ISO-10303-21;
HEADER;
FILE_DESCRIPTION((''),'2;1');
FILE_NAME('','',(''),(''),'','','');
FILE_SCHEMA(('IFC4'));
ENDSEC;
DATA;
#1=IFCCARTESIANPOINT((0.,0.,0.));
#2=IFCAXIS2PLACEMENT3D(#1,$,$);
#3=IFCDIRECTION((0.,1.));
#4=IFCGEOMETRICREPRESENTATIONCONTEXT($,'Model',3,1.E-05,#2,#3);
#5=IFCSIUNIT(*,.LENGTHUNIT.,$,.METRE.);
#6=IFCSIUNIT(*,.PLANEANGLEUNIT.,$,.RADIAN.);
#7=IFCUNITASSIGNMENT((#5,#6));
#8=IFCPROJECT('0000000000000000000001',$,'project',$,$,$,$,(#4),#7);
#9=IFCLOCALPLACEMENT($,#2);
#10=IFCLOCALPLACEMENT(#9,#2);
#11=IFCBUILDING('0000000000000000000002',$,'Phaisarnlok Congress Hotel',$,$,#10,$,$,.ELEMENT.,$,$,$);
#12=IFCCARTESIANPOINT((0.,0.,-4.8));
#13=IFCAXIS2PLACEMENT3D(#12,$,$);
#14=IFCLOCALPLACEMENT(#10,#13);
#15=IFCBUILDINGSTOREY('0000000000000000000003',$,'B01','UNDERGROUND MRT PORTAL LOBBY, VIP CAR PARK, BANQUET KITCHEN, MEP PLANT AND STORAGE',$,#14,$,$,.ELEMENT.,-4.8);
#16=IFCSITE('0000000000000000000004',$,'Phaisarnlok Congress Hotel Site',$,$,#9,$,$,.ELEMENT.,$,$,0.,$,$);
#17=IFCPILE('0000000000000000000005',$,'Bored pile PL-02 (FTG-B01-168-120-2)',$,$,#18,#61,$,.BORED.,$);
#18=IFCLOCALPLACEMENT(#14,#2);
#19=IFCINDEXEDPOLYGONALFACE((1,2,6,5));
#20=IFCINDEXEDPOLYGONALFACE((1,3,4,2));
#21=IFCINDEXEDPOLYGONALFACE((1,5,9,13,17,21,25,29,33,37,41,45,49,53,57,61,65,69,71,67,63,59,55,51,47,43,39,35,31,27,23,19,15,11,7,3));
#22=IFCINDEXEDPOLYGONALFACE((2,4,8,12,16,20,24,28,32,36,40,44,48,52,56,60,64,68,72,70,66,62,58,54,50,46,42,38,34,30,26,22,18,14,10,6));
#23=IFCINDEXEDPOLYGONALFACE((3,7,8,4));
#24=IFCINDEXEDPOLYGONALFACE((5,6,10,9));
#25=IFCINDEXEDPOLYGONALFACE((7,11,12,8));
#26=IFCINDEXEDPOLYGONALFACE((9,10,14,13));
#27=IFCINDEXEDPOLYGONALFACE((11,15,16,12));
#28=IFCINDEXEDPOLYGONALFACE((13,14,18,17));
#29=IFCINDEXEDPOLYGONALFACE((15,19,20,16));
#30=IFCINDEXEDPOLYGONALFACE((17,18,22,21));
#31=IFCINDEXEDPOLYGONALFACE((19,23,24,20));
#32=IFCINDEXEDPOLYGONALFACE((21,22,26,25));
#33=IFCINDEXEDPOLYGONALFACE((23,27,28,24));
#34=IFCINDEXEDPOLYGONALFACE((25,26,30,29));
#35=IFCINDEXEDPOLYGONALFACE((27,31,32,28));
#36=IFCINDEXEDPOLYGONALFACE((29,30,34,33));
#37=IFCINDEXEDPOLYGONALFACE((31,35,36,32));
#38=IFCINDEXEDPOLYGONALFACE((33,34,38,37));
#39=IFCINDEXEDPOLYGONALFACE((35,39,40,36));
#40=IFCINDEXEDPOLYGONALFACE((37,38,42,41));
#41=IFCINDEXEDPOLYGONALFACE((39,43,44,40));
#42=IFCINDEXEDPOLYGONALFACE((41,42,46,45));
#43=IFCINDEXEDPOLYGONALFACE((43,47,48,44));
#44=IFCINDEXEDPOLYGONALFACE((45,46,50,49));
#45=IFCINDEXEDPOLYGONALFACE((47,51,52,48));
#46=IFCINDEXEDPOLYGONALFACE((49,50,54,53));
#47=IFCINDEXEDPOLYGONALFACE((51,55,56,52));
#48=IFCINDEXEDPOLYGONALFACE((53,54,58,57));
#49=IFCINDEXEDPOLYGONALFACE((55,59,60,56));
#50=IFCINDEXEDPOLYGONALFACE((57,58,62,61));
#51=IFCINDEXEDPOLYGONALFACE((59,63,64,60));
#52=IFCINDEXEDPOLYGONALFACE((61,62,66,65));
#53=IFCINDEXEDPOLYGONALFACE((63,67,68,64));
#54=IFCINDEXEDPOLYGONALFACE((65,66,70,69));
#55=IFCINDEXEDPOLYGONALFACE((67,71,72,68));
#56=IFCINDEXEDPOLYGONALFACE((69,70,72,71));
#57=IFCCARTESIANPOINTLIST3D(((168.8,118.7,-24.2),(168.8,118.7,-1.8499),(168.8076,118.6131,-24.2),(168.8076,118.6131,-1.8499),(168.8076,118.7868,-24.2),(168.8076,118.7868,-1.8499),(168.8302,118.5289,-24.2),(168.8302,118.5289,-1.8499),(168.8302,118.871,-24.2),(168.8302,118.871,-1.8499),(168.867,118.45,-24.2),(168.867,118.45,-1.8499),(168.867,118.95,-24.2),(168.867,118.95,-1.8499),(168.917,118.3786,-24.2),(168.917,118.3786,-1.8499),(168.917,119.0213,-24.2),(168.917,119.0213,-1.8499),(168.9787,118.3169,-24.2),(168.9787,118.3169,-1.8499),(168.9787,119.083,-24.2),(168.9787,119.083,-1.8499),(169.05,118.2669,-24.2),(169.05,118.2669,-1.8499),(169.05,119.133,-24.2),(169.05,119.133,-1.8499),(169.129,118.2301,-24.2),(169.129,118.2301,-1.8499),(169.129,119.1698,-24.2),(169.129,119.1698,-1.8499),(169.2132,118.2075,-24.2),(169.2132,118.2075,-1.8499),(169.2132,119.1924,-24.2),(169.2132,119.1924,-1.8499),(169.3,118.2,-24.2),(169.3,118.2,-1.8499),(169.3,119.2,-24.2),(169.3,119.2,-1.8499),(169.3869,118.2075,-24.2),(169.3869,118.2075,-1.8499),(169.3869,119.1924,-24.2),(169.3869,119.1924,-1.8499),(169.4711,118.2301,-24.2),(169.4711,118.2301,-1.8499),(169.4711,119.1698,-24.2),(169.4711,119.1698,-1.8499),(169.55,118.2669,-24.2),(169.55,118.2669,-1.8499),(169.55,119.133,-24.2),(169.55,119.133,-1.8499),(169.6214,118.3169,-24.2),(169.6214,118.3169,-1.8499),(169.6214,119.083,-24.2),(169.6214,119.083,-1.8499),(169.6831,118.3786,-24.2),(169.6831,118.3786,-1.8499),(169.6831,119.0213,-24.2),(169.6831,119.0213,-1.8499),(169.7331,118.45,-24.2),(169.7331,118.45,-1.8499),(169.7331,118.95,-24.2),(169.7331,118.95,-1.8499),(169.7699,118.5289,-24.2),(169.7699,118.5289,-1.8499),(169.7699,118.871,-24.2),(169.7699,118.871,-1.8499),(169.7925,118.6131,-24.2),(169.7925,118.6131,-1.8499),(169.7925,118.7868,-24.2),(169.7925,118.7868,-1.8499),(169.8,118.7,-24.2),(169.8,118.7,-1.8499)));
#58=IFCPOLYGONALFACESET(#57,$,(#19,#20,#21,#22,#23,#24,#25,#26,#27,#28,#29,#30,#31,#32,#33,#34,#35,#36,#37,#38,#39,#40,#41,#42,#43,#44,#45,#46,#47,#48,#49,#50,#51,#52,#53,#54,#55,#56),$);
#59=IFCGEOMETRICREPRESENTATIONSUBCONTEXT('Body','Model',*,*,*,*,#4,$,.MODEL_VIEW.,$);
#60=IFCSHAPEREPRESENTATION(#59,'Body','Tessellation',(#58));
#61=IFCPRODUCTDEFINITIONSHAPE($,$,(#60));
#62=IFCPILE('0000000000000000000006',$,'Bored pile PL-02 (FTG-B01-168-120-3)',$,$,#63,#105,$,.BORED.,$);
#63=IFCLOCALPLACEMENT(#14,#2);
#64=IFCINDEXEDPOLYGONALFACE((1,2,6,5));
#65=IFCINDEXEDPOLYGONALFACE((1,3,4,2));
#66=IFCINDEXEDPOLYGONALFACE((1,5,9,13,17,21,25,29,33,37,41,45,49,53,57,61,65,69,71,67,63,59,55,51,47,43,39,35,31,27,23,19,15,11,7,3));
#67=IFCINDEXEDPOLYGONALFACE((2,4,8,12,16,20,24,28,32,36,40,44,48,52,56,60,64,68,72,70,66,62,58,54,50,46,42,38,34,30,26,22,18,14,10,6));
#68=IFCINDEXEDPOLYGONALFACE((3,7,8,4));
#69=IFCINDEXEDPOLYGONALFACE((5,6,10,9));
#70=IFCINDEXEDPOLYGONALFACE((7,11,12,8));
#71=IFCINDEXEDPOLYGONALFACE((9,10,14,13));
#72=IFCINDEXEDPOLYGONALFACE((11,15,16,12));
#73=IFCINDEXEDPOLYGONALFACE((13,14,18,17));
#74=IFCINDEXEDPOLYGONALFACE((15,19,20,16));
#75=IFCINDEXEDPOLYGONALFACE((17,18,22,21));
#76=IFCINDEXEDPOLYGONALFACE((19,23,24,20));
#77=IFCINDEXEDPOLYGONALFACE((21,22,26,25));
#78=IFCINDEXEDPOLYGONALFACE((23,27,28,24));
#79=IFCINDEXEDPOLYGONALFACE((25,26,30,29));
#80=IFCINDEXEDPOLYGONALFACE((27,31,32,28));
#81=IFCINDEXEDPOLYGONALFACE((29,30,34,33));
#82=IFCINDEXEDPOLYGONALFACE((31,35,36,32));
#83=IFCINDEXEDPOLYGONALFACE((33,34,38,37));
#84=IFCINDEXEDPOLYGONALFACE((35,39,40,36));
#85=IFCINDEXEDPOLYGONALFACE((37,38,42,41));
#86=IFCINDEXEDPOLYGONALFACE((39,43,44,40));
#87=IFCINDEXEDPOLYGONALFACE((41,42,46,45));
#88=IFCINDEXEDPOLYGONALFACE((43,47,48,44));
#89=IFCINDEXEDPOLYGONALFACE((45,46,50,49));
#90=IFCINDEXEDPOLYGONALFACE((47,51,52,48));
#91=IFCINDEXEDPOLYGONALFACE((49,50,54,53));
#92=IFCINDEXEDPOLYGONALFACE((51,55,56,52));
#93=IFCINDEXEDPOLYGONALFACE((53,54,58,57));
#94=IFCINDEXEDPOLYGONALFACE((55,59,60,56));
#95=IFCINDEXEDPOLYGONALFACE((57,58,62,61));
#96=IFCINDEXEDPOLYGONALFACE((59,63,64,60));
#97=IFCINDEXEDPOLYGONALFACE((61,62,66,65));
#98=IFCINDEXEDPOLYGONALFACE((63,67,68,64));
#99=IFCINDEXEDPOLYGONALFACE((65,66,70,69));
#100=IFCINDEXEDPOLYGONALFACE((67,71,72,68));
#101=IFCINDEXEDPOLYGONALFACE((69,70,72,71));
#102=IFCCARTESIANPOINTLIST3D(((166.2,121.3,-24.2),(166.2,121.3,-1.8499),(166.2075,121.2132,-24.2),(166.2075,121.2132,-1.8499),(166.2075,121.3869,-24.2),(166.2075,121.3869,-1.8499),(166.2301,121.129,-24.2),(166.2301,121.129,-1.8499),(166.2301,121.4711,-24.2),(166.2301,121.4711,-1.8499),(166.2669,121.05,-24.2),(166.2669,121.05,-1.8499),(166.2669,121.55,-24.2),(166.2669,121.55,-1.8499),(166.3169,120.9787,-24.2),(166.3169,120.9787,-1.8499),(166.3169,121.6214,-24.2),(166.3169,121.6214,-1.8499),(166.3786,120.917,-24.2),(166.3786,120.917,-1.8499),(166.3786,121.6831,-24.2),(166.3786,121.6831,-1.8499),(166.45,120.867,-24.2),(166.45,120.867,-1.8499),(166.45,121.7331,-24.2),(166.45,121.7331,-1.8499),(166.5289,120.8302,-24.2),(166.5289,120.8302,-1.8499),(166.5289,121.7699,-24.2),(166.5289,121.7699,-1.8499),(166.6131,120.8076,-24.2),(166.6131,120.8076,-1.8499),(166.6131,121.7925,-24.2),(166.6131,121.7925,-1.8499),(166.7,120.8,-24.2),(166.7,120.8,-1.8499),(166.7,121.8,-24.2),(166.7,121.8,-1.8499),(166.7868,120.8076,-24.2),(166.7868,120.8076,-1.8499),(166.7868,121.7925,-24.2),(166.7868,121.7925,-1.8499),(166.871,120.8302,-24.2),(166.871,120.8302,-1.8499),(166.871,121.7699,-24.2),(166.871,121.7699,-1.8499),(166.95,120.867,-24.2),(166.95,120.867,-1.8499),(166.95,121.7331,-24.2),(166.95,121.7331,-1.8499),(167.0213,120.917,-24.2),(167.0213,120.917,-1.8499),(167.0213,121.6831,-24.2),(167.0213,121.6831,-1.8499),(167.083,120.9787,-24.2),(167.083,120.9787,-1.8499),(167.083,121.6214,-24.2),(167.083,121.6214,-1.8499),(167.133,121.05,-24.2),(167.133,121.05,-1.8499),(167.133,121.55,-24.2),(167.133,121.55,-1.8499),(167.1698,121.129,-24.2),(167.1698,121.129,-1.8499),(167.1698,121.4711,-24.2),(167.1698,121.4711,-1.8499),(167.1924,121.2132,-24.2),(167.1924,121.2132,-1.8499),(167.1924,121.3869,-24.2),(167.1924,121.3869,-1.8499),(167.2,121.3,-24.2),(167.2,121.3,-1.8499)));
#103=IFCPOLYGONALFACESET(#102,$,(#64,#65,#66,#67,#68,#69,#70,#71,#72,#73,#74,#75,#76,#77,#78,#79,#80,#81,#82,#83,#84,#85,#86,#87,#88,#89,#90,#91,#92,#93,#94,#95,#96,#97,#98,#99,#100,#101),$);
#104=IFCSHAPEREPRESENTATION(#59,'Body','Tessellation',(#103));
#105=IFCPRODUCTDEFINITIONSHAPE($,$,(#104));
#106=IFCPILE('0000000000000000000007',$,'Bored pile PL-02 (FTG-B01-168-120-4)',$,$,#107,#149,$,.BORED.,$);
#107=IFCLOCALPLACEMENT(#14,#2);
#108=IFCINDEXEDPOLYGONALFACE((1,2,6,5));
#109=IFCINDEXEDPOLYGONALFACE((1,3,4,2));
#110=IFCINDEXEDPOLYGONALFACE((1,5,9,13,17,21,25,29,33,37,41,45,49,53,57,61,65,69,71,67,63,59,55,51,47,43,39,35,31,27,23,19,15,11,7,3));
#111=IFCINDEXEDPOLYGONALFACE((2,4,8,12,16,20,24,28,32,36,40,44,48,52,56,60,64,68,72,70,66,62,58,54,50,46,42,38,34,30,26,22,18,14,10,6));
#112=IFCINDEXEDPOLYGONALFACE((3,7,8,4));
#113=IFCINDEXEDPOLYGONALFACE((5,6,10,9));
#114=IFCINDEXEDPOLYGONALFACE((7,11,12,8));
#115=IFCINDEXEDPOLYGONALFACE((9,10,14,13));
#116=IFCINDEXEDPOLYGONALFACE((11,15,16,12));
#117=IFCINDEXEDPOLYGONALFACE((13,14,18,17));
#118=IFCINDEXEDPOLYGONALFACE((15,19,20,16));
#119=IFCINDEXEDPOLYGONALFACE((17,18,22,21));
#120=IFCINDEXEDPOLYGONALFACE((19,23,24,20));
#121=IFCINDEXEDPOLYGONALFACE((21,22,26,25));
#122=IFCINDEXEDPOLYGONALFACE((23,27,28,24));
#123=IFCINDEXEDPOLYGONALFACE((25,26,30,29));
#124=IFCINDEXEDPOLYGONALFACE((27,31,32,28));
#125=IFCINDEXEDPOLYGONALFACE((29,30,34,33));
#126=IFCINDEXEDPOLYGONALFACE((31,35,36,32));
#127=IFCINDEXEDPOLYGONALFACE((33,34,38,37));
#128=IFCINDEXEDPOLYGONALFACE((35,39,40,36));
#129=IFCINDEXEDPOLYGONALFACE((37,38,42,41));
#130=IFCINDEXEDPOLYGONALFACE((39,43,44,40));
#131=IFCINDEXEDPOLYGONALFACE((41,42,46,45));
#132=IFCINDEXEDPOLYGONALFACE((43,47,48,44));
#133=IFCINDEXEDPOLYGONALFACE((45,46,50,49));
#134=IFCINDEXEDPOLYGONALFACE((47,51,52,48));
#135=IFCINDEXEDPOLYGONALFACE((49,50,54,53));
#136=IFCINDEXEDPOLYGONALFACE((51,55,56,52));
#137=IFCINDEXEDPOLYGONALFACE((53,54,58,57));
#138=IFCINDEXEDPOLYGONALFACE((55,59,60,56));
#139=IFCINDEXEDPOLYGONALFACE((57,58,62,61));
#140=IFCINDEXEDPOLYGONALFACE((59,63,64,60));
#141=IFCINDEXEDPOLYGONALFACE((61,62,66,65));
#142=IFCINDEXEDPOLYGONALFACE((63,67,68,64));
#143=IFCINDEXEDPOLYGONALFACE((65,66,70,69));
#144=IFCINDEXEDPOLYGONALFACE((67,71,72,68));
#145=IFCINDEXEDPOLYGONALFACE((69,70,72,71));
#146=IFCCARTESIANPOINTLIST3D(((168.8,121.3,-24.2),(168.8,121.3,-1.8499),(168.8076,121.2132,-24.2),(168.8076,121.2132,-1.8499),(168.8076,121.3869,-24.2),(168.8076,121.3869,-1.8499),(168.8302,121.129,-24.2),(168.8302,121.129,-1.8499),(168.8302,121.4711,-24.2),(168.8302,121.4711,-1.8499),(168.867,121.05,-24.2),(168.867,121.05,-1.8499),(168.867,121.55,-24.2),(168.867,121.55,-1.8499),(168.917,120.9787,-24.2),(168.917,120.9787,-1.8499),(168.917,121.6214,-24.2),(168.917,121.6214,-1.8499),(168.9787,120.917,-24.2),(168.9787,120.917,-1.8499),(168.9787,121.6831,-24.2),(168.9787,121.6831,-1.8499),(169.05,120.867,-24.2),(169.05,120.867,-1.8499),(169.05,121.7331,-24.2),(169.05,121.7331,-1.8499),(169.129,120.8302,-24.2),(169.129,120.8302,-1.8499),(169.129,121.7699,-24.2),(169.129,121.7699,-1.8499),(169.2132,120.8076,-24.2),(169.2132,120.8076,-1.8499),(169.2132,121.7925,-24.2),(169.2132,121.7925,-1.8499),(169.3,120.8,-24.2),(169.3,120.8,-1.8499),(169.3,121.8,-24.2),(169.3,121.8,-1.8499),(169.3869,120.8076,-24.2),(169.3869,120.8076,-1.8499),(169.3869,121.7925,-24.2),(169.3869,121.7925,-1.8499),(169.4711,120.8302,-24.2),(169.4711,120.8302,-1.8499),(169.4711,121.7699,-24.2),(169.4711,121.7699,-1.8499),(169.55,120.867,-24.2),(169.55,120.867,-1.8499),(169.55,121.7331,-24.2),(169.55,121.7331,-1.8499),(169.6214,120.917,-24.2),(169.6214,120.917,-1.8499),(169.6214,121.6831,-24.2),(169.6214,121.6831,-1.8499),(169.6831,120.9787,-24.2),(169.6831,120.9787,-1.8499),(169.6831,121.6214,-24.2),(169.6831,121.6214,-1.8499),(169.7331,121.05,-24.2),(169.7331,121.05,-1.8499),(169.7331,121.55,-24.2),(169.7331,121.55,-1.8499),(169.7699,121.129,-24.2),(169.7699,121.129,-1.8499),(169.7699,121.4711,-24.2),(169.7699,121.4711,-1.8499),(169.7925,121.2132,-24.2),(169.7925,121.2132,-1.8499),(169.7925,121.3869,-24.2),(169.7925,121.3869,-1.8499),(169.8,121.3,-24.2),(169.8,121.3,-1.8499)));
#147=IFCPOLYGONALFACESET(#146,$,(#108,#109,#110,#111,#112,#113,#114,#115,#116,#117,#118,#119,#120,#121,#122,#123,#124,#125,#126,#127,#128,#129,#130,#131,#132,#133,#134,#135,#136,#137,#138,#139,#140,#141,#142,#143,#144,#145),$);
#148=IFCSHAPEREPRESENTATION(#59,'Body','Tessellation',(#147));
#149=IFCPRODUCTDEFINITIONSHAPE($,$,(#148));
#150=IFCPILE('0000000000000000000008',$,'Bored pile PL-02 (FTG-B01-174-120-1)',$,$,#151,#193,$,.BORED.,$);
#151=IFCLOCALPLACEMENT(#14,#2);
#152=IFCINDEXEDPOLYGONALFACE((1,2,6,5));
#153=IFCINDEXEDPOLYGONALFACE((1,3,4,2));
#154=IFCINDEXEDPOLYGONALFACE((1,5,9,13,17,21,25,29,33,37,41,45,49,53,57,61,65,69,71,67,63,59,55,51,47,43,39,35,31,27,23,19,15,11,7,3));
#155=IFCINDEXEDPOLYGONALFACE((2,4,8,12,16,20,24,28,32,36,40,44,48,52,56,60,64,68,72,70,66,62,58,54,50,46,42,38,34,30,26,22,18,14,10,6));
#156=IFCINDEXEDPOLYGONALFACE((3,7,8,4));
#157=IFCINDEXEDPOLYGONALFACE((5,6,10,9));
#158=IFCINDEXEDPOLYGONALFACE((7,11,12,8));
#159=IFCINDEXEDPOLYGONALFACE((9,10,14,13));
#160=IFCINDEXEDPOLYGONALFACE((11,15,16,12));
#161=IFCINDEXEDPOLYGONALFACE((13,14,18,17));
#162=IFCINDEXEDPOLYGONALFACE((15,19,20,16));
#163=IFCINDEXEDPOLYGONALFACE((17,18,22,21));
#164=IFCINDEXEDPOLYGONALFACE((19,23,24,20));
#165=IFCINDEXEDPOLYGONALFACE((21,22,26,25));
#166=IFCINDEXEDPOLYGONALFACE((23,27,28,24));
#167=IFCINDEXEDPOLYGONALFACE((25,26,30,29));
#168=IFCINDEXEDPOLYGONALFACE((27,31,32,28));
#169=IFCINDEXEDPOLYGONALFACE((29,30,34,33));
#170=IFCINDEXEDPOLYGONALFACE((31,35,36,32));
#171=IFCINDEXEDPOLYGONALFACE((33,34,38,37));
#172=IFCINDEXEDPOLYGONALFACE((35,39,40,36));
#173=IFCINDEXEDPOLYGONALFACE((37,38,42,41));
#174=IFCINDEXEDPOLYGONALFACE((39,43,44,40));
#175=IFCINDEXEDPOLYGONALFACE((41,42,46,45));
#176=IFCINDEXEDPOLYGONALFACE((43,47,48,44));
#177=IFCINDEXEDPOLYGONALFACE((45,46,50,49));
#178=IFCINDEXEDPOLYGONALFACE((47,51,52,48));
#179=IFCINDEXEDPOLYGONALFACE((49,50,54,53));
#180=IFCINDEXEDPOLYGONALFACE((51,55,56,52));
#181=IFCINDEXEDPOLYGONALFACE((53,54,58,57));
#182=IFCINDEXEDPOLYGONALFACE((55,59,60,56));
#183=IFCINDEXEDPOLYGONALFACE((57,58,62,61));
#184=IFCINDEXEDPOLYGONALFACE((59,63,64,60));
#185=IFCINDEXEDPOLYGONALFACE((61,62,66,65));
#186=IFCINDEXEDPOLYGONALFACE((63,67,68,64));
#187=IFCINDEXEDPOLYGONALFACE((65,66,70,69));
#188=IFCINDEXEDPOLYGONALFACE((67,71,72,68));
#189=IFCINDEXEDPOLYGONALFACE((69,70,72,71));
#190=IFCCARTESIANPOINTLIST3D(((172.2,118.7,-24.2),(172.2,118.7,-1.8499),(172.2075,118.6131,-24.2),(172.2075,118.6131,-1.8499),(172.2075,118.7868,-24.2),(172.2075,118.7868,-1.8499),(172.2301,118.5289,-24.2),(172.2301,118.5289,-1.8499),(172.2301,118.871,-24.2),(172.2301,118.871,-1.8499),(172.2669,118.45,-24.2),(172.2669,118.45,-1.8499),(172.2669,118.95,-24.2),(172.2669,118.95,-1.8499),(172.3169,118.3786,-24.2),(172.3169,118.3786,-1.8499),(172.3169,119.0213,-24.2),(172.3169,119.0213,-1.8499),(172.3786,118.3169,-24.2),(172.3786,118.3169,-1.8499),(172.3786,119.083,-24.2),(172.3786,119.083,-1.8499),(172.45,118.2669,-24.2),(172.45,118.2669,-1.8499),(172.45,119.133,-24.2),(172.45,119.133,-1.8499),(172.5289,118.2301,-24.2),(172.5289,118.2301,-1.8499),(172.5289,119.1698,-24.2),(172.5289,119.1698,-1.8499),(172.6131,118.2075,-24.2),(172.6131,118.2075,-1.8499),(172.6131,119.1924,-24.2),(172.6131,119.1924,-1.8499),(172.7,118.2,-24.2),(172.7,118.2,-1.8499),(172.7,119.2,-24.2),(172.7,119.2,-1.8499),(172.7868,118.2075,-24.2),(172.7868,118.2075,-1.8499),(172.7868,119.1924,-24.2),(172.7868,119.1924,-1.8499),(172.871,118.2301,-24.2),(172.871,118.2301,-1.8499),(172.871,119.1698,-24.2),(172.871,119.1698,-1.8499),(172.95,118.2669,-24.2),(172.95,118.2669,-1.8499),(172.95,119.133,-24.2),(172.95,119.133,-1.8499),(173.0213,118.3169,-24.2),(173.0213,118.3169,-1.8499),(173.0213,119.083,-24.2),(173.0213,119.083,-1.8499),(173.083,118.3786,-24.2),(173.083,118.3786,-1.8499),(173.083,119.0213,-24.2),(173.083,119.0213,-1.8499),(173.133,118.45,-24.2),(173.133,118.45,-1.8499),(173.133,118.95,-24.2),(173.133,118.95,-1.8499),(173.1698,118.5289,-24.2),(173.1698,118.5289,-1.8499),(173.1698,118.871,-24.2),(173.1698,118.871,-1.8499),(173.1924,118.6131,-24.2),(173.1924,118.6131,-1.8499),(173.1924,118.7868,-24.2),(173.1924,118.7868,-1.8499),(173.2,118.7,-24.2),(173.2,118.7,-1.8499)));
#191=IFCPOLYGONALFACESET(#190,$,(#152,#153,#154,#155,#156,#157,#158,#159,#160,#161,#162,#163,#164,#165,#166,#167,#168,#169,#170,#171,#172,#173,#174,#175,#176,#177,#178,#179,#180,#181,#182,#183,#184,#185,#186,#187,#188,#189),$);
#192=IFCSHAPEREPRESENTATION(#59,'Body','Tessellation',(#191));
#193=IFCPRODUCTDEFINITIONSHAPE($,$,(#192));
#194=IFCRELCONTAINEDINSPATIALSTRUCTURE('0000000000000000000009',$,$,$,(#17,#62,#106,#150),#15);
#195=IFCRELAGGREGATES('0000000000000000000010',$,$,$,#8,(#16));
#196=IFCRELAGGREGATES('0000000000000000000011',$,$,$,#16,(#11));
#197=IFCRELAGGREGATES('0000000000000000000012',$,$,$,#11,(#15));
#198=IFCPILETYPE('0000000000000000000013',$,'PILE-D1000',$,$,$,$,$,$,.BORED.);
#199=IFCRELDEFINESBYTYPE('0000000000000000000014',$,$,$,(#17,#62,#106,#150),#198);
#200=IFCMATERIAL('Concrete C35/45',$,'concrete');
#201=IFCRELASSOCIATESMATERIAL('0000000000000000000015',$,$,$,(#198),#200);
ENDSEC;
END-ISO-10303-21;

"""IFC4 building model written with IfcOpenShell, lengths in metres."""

from ifc_helpers import new_model, si_unit, direction, frame, origin, origin_2d, place, context, subcontext, project, spatial, circle, extrude, material, material_profile, profile_set, type_object, element, save


model = new_model("IFC4")

# Units and contexts
model_context = context("Model", 3, precision=1e-05, world=origin(), true_north=direction((0.0, 1.0)))
body_context = subcontext(model_context, "Body", "Model", "MODEL_VIEW")
ifc_project = project(units=[si_unit("LENGTHUNIT", "METRE"), si_unit("PLANEANGLEUNIT", "RADIAN")], contexts=[model_context])

# Site, building, storey
site_placement = place(None, origin())
site = spatial("IfcSite", under=ifc_project, at=site_placement, Name="Phaisarnlok Congress Hotel Site", CompositionType="ELEMENT", RefElevation=0.0)
building_placement = place(site_placement, origin())
building = spatial("IfcBuilding", under=site, at=building_placement, Name="Phaisarnlok Congress Hotel", CompositionType="ELEMENT")
storey_placement = place(building_placement, frame((0.0, 0.0, -4.8)))
storey = spatial("IfcBuildingStorey", under=building, at=storey_placement, Name="B01", Description="UNDERGROUND MRT PORTAL LOBBY, VIP CAR PARK, BANQUET KITCHEN, MEP PLANT AND STORAGE", CompositionType="ELEMENT", Elevation=-4.8)

# Piles
ifc_material_1 = material(Name="Concrete C35/45", Category="concrete")
ifc_material_profile_1 = material_profile(ifc_material_1, circle(Radius=0.5, at=origin_2d()), Name="BORED PILE D1000")
ifc_profile_set_1 = profile_set([ifc_material_profile_1], Name="Concrete C35/45")
pile_type_1 = type_object("IfcPileType", Name="PILE-D1000", PredefinedType="BORED", material=ifc_profile_set_1)
for number, where, z_axis, x_axis, name in (
    (1, (169.3, 118.7, -1.8499), (0.0, 0.0, -1.0), (1.0, 0.0, 0.0), "Bored pile PL-02 (FTG-B01-168-120-2)"),
    (2, (166.7, 121.3, -1.8499), (0.0, 0.0, -1.0), (1.0, 0.0, 0.0), "Bored pile PL-02 (FTG-B01-168-120-3)"),
    (3, (169.3, 121.3, -1.8499), (0.0, 0.0, -1.0), (1.0, 0.0, 0.0), "Bored pile PL-02 (FTG-B01-168-120-4)"),
    (4, (172.7, 118.7, -1.8499), (0.0, 0.0, -1.0), (1.0, 0.0, 0.0), "Bored pile PL-02 (FTG-B01-174-120-1)"),
):
    element("IfcPile", number, at=place(storey_placement, frame(where, z_axis=z_axis, x_axis=x_axis)), inside=storey, type_object=pile_type_1, Name=name, PredefinedType="BORED", context=body_context, shape_type="SweptSolid", body=[
        extrude(circle(Radius=0.5, at=origin_2d()), origin(), (0.0, 0.0, 1.0), 22.3501),
    ])

save(model, "model.ifc")
